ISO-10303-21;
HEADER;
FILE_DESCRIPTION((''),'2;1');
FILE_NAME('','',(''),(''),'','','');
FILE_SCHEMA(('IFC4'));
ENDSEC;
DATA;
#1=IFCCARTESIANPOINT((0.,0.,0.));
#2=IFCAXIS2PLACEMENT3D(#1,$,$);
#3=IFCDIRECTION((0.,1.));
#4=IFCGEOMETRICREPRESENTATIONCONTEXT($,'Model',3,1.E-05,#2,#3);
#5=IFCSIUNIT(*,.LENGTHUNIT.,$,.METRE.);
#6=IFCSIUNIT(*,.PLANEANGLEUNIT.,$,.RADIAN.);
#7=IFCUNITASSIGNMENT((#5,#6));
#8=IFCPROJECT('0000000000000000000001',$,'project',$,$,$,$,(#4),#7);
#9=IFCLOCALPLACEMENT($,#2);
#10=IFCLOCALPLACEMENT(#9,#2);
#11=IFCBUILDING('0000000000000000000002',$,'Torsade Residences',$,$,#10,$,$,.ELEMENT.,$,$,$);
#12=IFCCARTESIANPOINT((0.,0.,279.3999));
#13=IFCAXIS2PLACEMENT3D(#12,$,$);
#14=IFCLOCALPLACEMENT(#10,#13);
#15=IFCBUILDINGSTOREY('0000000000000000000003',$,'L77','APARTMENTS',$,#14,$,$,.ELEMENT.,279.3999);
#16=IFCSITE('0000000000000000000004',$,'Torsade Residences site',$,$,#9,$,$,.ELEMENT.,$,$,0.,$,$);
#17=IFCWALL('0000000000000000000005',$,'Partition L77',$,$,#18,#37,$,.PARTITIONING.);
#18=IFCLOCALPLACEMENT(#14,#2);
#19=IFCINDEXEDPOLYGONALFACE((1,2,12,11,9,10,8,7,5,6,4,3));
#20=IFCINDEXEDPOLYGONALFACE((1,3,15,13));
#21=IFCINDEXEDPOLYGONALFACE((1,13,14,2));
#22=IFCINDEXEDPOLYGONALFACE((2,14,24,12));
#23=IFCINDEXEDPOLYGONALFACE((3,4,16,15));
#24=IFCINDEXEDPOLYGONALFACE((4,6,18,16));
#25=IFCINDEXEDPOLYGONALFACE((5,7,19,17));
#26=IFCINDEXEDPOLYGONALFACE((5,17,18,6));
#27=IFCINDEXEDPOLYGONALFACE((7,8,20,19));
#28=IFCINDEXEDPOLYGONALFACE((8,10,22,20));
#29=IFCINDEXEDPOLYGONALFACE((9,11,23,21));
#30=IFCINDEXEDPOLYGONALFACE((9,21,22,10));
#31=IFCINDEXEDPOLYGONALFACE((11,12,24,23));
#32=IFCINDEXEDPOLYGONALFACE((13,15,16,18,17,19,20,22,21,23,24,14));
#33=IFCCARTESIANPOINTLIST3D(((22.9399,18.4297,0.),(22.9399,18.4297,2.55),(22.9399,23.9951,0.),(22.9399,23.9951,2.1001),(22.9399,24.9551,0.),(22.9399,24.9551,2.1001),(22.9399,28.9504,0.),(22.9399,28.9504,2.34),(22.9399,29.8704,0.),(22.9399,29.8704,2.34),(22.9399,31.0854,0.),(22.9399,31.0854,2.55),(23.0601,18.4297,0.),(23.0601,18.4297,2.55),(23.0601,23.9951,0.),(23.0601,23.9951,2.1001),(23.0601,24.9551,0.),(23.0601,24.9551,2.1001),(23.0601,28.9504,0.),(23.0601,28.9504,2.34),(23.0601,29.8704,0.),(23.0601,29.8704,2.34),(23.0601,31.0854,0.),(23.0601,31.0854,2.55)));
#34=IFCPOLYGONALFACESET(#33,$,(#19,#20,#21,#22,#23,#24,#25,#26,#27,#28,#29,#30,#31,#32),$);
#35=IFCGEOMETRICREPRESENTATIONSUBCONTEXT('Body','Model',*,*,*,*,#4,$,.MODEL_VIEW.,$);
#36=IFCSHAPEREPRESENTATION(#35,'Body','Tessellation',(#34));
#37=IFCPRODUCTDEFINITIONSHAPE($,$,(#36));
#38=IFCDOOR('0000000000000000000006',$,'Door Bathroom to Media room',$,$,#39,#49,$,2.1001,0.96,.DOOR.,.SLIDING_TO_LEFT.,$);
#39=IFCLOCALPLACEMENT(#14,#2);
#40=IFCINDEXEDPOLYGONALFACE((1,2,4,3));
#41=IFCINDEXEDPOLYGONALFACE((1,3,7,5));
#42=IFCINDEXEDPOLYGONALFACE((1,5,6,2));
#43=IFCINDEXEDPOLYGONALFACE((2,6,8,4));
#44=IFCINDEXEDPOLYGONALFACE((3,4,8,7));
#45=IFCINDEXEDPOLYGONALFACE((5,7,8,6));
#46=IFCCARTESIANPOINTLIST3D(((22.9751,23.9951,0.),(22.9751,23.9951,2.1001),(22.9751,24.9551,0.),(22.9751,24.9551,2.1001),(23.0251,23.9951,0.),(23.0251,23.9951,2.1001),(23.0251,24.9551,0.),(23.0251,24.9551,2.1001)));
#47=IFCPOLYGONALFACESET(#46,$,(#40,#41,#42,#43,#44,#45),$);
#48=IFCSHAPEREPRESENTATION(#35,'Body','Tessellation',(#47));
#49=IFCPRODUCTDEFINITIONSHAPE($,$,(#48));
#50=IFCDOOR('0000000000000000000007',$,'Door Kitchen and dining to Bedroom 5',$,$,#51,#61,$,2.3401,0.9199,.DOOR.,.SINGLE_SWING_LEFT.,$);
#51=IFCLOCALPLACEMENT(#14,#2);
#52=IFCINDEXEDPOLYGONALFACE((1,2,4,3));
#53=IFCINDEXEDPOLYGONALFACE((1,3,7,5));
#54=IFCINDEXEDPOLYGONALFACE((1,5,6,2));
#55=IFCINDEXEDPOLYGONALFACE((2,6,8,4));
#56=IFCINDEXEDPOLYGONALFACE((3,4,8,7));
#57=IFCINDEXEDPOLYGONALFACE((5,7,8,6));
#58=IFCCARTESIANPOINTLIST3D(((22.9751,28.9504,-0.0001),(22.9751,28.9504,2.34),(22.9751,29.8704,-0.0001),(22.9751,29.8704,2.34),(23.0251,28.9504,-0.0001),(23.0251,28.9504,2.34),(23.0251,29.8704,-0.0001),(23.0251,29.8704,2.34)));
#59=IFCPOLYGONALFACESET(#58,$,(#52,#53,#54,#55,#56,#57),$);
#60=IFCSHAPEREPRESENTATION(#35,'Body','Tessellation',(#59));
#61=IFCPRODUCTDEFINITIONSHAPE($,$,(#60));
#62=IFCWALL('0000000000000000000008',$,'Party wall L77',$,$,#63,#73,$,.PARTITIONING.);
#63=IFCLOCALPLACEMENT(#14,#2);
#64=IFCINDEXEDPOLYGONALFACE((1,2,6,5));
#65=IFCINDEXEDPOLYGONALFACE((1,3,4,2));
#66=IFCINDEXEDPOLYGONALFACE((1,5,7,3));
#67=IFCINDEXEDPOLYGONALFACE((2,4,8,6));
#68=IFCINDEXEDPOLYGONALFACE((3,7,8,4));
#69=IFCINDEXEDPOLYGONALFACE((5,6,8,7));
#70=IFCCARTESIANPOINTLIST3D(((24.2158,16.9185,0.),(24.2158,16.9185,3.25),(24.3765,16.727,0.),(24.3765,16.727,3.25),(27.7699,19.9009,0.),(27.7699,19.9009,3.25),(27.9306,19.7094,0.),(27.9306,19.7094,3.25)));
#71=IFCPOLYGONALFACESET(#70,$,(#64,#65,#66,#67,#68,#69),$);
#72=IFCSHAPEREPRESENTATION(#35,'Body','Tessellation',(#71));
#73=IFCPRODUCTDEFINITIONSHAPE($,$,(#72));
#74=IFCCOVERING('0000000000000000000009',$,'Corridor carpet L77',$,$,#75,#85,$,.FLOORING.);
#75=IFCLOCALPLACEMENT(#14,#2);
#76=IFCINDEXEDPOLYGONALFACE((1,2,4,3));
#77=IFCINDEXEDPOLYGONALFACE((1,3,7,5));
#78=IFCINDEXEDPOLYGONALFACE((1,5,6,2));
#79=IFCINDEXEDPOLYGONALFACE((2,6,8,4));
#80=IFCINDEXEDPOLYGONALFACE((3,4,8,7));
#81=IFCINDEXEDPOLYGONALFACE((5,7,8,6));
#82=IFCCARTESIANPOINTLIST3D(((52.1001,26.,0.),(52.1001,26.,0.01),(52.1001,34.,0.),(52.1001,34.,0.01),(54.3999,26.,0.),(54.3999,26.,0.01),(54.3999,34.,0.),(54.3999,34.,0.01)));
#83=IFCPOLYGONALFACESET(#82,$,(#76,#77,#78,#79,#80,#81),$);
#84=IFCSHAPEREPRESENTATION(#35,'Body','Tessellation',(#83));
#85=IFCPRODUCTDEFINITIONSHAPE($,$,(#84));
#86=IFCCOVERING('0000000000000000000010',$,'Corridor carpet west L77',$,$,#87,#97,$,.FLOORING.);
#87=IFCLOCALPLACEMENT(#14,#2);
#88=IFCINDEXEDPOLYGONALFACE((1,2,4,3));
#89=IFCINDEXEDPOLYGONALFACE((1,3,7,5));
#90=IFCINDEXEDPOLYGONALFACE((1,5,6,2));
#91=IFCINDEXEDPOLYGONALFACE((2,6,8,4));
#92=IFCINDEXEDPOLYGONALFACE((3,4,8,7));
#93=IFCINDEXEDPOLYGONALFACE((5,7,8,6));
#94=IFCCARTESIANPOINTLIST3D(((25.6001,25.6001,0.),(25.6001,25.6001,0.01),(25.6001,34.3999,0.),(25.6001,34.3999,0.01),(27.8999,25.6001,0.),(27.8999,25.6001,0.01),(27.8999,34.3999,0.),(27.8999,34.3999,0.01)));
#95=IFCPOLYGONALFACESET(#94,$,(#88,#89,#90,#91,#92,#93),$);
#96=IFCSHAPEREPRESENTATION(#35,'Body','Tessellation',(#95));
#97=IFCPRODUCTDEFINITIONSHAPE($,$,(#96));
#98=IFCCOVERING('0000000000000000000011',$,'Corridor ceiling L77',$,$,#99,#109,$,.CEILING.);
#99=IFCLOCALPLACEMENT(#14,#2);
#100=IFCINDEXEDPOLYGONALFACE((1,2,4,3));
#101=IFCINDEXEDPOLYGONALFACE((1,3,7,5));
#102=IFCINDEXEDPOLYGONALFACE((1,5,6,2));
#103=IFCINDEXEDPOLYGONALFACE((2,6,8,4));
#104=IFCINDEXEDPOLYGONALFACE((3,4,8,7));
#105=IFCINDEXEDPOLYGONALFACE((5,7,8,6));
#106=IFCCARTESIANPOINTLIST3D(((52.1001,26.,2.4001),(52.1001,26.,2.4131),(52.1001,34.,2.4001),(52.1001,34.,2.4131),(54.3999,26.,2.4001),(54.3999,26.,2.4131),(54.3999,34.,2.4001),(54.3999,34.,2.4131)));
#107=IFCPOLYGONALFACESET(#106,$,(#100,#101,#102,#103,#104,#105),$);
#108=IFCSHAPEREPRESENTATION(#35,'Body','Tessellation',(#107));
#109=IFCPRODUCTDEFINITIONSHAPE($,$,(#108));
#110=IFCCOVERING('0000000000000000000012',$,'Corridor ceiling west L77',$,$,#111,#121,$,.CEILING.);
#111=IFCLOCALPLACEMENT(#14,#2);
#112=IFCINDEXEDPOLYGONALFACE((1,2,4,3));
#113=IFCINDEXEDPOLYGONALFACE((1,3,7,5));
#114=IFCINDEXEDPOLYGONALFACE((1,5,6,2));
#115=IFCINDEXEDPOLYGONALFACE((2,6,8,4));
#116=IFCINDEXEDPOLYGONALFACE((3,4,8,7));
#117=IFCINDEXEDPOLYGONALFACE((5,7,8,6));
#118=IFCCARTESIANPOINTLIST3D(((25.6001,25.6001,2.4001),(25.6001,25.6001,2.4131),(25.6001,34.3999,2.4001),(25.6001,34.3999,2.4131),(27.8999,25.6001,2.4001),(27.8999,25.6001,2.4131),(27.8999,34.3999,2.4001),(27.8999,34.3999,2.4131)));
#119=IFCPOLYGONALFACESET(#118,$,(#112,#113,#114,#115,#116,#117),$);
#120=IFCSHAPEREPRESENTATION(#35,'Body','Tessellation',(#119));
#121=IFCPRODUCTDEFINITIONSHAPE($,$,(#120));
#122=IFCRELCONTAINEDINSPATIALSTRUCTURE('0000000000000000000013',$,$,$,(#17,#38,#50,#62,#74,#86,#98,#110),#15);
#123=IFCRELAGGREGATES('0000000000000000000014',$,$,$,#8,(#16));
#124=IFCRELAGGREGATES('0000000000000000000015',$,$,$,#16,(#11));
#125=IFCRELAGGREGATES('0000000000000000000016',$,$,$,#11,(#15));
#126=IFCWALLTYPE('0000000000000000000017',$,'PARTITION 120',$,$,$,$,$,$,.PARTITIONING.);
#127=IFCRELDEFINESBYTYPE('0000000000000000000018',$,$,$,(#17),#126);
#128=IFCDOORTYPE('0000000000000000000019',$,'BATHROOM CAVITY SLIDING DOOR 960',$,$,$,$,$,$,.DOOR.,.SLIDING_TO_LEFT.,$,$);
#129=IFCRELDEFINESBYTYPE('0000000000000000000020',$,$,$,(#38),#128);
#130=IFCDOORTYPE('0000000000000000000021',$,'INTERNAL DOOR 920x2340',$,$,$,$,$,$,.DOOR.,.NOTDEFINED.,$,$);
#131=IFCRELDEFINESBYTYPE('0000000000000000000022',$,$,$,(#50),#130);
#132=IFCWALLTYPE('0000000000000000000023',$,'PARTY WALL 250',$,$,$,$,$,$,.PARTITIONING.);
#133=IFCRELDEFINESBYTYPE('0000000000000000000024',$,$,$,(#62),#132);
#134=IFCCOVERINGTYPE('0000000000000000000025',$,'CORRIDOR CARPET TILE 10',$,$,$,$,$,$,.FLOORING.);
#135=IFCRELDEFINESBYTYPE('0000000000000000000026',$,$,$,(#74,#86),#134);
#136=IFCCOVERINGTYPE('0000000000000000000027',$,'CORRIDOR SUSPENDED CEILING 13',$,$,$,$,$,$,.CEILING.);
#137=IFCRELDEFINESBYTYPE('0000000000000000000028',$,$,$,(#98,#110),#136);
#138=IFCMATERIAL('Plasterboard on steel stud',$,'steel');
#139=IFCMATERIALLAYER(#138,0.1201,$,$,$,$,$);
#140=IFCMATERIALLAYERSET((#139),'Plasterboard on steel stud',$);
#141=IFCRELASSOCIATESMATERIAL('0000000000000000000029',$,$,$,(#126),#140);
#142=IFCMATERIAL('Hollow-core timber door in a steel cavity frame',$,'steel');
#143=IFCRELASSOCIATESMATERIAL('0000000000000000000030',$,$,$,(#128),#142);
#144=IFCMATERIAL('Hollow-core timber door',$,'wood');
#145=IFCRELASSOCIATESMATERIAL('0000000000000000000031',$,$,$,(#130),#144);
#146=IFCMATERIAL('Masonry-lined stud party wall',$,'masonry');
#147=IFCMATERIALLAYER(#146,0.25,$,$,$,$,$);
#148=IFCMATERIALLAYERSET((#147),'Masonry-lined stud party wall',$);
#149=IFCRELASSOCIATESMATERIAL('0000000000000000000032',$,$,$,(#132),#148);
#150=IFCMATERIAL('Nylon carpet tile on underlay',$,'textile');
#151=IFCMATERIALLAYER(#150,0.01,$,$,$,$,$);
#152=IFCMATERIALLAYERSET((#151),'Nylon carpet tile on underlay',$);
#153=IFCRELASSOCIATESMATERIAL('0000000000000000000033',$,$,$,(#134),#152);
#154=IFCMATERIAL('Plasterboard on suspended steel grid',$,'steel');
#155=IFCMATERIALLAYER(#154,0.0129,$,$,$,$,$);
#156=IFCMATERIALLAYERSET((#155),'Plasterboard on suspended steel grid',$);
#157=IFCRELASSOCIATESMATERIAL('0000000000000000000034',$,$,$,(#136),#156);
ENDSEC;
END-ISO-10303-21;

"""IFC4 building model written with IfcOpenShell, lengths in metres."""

from ifc_helpers import new_model, si_unit, direction, frame, frame_2d, origin, place, context, subcontext, project, spatial, polyline, rectangle, outline, extrude, material, layer, layer_set, type_object, element, fill, save


model = new_model("IFC4")

# Units and contexts
model_context = context("Model", 3, precision=1e-05, world=origin(), true_north=direction((0.0, 1.0)))
body_context = subcontext(model_context, "Body", "Model", "MODEL_VIEW")
ifc_project = project(units=[si_unit("LENGTHUNIT", "METRE"), si_unit("PLANEANGLEUNIT", "RADIAN")], contexts=[model_context])

# Site, building, storey
site_placement = place(None, origin())
site = spatial("IfcSite", under=ifc_project, at=site_placement, Name="Torsade Residences site", CompositionType="ELEMENT", RefElevation=0.0)
building_placement = place(site_placement, origin())
building = spatial("IfcBuilding", under=site, at=building_placement, Name="Torsade Residences", CompositionType="ELEMENT")
storey_placement = place(building_placement, frame((0.0, 0.0, 279.3999)))
storey = spatial("IfcBuildingStorey", under=building, at=storey_placement, Name="L77", Description="APARTMENTS", CompositionType="ELEMENT", Elevation=279.3999)

# Wall, openings, doors
ifc_material_1 = material(Name="Plasterboard on steel stud", Category="steel")
ifc_layer_1 = layer(ifc_material_1, 0.1201)
ifc_layer_set_1 = layer_set([ifc_layer_1], Name="Plasterboard on steel stud")
wall_type_1 = type_object("IfcWallType", Name="PARTITION 120", PredefinedType="PARTITIONING", material=ifc_layer_set_1)
wall_1_placement = place(storey_placement, frame((23.0, 18.4297, 0.0), z_axis=(0.0, 0.0, 1.0), x_axis=(0.0, 1.0, 0.0)))
wall_1 = element("IfcWall", 1, at=wall_1_placement, inside=storey, type_object=wall_type_1, Name="Partition L77", PredefinedType="PARTITIONING", context=body_context, shape_type="SweptSolid", body=[
    extrude(rectangle(XDim=12.6558, YDim=0.1201, at=frame_2d((6.3279, 0.0))), origin(), (0.0, 0.0, 1.0), 2.55),
])
opening_1_placement = place(wall_1_placement, frame((10.5208, 0.0, 0.0)))
opening_1 = element("IfcOpeningElement", 2, at=opening_1_placement, cuts=wall_1, PredefinedType="OPENING", context=body_context, shape_type="SweptSolid", body=[
    extrude(rectangle(XDim=0.9199, YDim=2.3401, at=frame_2d((0.46, 1.1699))), frame((0.0, 0.0701, 0.0), z_axis=(0.0, -1.0, 0.0), x_axis=(1.0, 0.0, 0.0)), (0.0, 0.0, 1.0), 0.1401),
])
opening_2_placement = place(wall_1_placement, frame((5.5654, 0.0, 0.0)))
opening_2 = element("IfcOpeningElement", 3, at=opening_2_placement, cuts=wall_1, PredefinedType="OPENING", context=body_context, shape_type="SweptSolid", body=[
    extrude(rectangle(XDim=0.96, YDim=2.1001, at=frame_2d((0.48, 1.05))), frame((0.0, 0.0701, 0.0), z_axis=(0.0, -1.0, 0.0), x_axis=(1.0, 0.0, 0.0)), (0.0, 0.0, 1.0), 0.1401),
])
ifc_material_2 = material(Name="Hollow-core timber door in a steel cavity frame", Category="steel")
door_type_1 = type_object("IfcDoorType", Name="BATHROOM CAVITY SLIDING DOOR 960", OperationType="SLIDING_TO_LEFT", PredefinedType="DOOR", material=ifc_material_2)
door_1_placement = place(opening_2_placement, origin())
door_1 = element("IfcDoor", 4, at=door_1_placement, inside=storey, type_object=door_type_1, Name="Door Bathroom to Media room", OperationType="SLIDING_TO_LEFT", OverallHeight=2.1001, OverallWidth=0.96, PredefinedType="DOOR", context=body_context, shape_type="SweptSolid", body=[
    extrude(rectangle(XDim=0.96, YDim=2.1001, at=frame_2d((0.48, 1.05))), frame((0.0, 0.0249, 0.0), z_axis=(0.0, -1.0, 0.0), x_axis=(1.0, 0.0, 0.0)), (0.0, 0.0, 1.0), 0.05),
])
fill(opening_2, door_1)
ifc_material_3 = material(Name="Hollow-core timber door", Category="wood")
door_type_2 = type_object("IfcDoorType", Name="INTERNAL DOOR 920x2340", OperationType="NOTDEFINED", PredefinedType="DOOR", material=ifc_material_3)
door_2_placement = place(opening_1_placement, origin())
door_2 = element("IfcDoor", 5, at=door_2_placement, inside=storey, type_object=door_type_2, Name="Door Kitchen and dining to Bedroom 5", OperationType="SINGLE_SWING_LEFT", OverallHeight=2.3401, OverallWidth=0.9199, PredefinedType="DOOR", context=body_context, shape_type="SweptSolid", body=[
    extrude(rectangle(XDim=0.9199, YDim=2.3401, at=frame_2d((0.46, 1.1699))), frame((0.0, 0.0249, 0.0), z_axis=(0.0, -1.0, 0.0), x_axis=(1.0, 0.0, 0.0)), (0.0, 0.0, 1.0), 0.05),
])
fill(opening_1, door_2)

# Wall
ifc_material_4 = material(Name="Masonry-lined stud party wall", Category="masonry")
ifc_layer_2 = layer(ifc_material_4, 0.25)
ifc_layer_set_2 = layer_set([ifc_layer_2], Name="Masonry-lined stud party wall")
wall_type_2 = type_object("IfcWallType", Name="PARTY WALL 250", PredefinedType="PARTITIONING", material=ifc_layer_set_2)
wall_2_placement = place(storey_placement, frame((24.2961, 16.8228, 0.0), z_axis=(0.0, 0.0, 1.0), x_axis=(0.766034, 0.6428, 0.0)))
element("IfcWall", 6, at=wall_2_placement, inside=storey, type_object=wall_type_2, Name="Party wall L77", PredefinedType="PARTITIONING", context=body_context, shape_type="SweptSolid", body=[
    extrude(rectangle(XDim=4.6396, YDim=0.25, at=frame_2d((2.3198, 0.0))), origin(), (0.0, 0.0, 1.0), 3.25),
])

# Coverings
ifc_material_5 = material(Name="Nylon carpet tile on underlay", Category="textile")
ifc_layer_3 = layer(ifc_material_5, 0.01)
ifc_layer_set_3 = layer_set([ifc_layer_3], Name="Nylon carpet tile on underlay")
covering_type_1 = type_object("IfcCoveringType", Name="CORRIDOR CARPET TILE 10", PredefinedType="FLOORING", material=ifc_layer_set_3)
covering_1_placement = place(storey_placement, origin())
element("IfcCovering", 7, at=covering_1_placement, inside=storey, type_object=covering_type_1, Name="Corridor carpet L77", PredefinedType="FLOORING", context=body_context, shape_type="SweptSolid", body=[
    extrude(outline(polyline([(54.3999, 26.0), (54.3999, 34.0), (52.1001, 34.0), (52.1001, 26.0), (54.3999, 26.0)])), origin(), (0.0, 0.0, 1.0), 0.01),
])
covering_2_placement = place(storey_placement, origin())
element("IfcCovering", 8, at=covering_2_placement, inside=storey, type_object=covering_type_1, Name="Corridor carpet west L77", PredefinedType="FLOORING", context=body_context, shape_type="SweptSolid", body=[
    extrude(outline(polyline([(27.8999, 25.6001), (27.8999, 34.3999), (25.6001, 34.3999), (25.6001, 25.6001), (27.8999, 25.6001)])), origin(), (0.0, 0.0, 1.0), 0.01),
])
ifc_material_6 = material(Name="Plasterboard on suspended steel grid", Category="steel")
ifc_layer_4 = layer(ifc_material_6, 0.0129)
ifc_layer_set_4 = layer_set([ifc_layer_4], Name="Plasterboard on suspended steel grid")
covering_type_2 = type_object("IfcCoveringType", Name="CORRIDOR SUSPENDED CEILING 13", PredefinedType="CEILING", material=ifc_layer_set_4)
covering_3_placement = place(storey_placement, frame((0.0, 0.0, 2.4001)))
element("IfcCovering", 9, at=covering_3_placement, inside=storey, type_object=covering_type_2, Name="Corridor ceiling L77", PredefinedType="CEILING", context=body_context, shape_type="SweptSolid", body=[
    extrude(outline(polyline([(54.3999, 26.0), (54.3999, 34.0), (52.1001, 34.0), (52.1001, 26.0), (54.3999, 26.0)])), origin(), (0.0, 0.0, 1.0), 0.0129),
])
covering_4_placement = place(storey_placement, frame((0.0, 0.0, 2.4001)))
element("IfcCovering", 10, at=covering_4_placement, inside=storey, type_object=covering_type_2, Name="Corridor ceiling west L77", PredefinedType="CEILING", context=body_context, shape_type="SweptSolid", body=[
    extrude(outline(polyline([(27.8999, 25.6001), (27.8999, 34.3999), (25.6001, 34.3999), (25.6001, 25.6001), (27.8999, 25.6001)])), origin(), (0.0, 0.0, 1.0), 0.0129),
])

save(model, "model.ifc")
